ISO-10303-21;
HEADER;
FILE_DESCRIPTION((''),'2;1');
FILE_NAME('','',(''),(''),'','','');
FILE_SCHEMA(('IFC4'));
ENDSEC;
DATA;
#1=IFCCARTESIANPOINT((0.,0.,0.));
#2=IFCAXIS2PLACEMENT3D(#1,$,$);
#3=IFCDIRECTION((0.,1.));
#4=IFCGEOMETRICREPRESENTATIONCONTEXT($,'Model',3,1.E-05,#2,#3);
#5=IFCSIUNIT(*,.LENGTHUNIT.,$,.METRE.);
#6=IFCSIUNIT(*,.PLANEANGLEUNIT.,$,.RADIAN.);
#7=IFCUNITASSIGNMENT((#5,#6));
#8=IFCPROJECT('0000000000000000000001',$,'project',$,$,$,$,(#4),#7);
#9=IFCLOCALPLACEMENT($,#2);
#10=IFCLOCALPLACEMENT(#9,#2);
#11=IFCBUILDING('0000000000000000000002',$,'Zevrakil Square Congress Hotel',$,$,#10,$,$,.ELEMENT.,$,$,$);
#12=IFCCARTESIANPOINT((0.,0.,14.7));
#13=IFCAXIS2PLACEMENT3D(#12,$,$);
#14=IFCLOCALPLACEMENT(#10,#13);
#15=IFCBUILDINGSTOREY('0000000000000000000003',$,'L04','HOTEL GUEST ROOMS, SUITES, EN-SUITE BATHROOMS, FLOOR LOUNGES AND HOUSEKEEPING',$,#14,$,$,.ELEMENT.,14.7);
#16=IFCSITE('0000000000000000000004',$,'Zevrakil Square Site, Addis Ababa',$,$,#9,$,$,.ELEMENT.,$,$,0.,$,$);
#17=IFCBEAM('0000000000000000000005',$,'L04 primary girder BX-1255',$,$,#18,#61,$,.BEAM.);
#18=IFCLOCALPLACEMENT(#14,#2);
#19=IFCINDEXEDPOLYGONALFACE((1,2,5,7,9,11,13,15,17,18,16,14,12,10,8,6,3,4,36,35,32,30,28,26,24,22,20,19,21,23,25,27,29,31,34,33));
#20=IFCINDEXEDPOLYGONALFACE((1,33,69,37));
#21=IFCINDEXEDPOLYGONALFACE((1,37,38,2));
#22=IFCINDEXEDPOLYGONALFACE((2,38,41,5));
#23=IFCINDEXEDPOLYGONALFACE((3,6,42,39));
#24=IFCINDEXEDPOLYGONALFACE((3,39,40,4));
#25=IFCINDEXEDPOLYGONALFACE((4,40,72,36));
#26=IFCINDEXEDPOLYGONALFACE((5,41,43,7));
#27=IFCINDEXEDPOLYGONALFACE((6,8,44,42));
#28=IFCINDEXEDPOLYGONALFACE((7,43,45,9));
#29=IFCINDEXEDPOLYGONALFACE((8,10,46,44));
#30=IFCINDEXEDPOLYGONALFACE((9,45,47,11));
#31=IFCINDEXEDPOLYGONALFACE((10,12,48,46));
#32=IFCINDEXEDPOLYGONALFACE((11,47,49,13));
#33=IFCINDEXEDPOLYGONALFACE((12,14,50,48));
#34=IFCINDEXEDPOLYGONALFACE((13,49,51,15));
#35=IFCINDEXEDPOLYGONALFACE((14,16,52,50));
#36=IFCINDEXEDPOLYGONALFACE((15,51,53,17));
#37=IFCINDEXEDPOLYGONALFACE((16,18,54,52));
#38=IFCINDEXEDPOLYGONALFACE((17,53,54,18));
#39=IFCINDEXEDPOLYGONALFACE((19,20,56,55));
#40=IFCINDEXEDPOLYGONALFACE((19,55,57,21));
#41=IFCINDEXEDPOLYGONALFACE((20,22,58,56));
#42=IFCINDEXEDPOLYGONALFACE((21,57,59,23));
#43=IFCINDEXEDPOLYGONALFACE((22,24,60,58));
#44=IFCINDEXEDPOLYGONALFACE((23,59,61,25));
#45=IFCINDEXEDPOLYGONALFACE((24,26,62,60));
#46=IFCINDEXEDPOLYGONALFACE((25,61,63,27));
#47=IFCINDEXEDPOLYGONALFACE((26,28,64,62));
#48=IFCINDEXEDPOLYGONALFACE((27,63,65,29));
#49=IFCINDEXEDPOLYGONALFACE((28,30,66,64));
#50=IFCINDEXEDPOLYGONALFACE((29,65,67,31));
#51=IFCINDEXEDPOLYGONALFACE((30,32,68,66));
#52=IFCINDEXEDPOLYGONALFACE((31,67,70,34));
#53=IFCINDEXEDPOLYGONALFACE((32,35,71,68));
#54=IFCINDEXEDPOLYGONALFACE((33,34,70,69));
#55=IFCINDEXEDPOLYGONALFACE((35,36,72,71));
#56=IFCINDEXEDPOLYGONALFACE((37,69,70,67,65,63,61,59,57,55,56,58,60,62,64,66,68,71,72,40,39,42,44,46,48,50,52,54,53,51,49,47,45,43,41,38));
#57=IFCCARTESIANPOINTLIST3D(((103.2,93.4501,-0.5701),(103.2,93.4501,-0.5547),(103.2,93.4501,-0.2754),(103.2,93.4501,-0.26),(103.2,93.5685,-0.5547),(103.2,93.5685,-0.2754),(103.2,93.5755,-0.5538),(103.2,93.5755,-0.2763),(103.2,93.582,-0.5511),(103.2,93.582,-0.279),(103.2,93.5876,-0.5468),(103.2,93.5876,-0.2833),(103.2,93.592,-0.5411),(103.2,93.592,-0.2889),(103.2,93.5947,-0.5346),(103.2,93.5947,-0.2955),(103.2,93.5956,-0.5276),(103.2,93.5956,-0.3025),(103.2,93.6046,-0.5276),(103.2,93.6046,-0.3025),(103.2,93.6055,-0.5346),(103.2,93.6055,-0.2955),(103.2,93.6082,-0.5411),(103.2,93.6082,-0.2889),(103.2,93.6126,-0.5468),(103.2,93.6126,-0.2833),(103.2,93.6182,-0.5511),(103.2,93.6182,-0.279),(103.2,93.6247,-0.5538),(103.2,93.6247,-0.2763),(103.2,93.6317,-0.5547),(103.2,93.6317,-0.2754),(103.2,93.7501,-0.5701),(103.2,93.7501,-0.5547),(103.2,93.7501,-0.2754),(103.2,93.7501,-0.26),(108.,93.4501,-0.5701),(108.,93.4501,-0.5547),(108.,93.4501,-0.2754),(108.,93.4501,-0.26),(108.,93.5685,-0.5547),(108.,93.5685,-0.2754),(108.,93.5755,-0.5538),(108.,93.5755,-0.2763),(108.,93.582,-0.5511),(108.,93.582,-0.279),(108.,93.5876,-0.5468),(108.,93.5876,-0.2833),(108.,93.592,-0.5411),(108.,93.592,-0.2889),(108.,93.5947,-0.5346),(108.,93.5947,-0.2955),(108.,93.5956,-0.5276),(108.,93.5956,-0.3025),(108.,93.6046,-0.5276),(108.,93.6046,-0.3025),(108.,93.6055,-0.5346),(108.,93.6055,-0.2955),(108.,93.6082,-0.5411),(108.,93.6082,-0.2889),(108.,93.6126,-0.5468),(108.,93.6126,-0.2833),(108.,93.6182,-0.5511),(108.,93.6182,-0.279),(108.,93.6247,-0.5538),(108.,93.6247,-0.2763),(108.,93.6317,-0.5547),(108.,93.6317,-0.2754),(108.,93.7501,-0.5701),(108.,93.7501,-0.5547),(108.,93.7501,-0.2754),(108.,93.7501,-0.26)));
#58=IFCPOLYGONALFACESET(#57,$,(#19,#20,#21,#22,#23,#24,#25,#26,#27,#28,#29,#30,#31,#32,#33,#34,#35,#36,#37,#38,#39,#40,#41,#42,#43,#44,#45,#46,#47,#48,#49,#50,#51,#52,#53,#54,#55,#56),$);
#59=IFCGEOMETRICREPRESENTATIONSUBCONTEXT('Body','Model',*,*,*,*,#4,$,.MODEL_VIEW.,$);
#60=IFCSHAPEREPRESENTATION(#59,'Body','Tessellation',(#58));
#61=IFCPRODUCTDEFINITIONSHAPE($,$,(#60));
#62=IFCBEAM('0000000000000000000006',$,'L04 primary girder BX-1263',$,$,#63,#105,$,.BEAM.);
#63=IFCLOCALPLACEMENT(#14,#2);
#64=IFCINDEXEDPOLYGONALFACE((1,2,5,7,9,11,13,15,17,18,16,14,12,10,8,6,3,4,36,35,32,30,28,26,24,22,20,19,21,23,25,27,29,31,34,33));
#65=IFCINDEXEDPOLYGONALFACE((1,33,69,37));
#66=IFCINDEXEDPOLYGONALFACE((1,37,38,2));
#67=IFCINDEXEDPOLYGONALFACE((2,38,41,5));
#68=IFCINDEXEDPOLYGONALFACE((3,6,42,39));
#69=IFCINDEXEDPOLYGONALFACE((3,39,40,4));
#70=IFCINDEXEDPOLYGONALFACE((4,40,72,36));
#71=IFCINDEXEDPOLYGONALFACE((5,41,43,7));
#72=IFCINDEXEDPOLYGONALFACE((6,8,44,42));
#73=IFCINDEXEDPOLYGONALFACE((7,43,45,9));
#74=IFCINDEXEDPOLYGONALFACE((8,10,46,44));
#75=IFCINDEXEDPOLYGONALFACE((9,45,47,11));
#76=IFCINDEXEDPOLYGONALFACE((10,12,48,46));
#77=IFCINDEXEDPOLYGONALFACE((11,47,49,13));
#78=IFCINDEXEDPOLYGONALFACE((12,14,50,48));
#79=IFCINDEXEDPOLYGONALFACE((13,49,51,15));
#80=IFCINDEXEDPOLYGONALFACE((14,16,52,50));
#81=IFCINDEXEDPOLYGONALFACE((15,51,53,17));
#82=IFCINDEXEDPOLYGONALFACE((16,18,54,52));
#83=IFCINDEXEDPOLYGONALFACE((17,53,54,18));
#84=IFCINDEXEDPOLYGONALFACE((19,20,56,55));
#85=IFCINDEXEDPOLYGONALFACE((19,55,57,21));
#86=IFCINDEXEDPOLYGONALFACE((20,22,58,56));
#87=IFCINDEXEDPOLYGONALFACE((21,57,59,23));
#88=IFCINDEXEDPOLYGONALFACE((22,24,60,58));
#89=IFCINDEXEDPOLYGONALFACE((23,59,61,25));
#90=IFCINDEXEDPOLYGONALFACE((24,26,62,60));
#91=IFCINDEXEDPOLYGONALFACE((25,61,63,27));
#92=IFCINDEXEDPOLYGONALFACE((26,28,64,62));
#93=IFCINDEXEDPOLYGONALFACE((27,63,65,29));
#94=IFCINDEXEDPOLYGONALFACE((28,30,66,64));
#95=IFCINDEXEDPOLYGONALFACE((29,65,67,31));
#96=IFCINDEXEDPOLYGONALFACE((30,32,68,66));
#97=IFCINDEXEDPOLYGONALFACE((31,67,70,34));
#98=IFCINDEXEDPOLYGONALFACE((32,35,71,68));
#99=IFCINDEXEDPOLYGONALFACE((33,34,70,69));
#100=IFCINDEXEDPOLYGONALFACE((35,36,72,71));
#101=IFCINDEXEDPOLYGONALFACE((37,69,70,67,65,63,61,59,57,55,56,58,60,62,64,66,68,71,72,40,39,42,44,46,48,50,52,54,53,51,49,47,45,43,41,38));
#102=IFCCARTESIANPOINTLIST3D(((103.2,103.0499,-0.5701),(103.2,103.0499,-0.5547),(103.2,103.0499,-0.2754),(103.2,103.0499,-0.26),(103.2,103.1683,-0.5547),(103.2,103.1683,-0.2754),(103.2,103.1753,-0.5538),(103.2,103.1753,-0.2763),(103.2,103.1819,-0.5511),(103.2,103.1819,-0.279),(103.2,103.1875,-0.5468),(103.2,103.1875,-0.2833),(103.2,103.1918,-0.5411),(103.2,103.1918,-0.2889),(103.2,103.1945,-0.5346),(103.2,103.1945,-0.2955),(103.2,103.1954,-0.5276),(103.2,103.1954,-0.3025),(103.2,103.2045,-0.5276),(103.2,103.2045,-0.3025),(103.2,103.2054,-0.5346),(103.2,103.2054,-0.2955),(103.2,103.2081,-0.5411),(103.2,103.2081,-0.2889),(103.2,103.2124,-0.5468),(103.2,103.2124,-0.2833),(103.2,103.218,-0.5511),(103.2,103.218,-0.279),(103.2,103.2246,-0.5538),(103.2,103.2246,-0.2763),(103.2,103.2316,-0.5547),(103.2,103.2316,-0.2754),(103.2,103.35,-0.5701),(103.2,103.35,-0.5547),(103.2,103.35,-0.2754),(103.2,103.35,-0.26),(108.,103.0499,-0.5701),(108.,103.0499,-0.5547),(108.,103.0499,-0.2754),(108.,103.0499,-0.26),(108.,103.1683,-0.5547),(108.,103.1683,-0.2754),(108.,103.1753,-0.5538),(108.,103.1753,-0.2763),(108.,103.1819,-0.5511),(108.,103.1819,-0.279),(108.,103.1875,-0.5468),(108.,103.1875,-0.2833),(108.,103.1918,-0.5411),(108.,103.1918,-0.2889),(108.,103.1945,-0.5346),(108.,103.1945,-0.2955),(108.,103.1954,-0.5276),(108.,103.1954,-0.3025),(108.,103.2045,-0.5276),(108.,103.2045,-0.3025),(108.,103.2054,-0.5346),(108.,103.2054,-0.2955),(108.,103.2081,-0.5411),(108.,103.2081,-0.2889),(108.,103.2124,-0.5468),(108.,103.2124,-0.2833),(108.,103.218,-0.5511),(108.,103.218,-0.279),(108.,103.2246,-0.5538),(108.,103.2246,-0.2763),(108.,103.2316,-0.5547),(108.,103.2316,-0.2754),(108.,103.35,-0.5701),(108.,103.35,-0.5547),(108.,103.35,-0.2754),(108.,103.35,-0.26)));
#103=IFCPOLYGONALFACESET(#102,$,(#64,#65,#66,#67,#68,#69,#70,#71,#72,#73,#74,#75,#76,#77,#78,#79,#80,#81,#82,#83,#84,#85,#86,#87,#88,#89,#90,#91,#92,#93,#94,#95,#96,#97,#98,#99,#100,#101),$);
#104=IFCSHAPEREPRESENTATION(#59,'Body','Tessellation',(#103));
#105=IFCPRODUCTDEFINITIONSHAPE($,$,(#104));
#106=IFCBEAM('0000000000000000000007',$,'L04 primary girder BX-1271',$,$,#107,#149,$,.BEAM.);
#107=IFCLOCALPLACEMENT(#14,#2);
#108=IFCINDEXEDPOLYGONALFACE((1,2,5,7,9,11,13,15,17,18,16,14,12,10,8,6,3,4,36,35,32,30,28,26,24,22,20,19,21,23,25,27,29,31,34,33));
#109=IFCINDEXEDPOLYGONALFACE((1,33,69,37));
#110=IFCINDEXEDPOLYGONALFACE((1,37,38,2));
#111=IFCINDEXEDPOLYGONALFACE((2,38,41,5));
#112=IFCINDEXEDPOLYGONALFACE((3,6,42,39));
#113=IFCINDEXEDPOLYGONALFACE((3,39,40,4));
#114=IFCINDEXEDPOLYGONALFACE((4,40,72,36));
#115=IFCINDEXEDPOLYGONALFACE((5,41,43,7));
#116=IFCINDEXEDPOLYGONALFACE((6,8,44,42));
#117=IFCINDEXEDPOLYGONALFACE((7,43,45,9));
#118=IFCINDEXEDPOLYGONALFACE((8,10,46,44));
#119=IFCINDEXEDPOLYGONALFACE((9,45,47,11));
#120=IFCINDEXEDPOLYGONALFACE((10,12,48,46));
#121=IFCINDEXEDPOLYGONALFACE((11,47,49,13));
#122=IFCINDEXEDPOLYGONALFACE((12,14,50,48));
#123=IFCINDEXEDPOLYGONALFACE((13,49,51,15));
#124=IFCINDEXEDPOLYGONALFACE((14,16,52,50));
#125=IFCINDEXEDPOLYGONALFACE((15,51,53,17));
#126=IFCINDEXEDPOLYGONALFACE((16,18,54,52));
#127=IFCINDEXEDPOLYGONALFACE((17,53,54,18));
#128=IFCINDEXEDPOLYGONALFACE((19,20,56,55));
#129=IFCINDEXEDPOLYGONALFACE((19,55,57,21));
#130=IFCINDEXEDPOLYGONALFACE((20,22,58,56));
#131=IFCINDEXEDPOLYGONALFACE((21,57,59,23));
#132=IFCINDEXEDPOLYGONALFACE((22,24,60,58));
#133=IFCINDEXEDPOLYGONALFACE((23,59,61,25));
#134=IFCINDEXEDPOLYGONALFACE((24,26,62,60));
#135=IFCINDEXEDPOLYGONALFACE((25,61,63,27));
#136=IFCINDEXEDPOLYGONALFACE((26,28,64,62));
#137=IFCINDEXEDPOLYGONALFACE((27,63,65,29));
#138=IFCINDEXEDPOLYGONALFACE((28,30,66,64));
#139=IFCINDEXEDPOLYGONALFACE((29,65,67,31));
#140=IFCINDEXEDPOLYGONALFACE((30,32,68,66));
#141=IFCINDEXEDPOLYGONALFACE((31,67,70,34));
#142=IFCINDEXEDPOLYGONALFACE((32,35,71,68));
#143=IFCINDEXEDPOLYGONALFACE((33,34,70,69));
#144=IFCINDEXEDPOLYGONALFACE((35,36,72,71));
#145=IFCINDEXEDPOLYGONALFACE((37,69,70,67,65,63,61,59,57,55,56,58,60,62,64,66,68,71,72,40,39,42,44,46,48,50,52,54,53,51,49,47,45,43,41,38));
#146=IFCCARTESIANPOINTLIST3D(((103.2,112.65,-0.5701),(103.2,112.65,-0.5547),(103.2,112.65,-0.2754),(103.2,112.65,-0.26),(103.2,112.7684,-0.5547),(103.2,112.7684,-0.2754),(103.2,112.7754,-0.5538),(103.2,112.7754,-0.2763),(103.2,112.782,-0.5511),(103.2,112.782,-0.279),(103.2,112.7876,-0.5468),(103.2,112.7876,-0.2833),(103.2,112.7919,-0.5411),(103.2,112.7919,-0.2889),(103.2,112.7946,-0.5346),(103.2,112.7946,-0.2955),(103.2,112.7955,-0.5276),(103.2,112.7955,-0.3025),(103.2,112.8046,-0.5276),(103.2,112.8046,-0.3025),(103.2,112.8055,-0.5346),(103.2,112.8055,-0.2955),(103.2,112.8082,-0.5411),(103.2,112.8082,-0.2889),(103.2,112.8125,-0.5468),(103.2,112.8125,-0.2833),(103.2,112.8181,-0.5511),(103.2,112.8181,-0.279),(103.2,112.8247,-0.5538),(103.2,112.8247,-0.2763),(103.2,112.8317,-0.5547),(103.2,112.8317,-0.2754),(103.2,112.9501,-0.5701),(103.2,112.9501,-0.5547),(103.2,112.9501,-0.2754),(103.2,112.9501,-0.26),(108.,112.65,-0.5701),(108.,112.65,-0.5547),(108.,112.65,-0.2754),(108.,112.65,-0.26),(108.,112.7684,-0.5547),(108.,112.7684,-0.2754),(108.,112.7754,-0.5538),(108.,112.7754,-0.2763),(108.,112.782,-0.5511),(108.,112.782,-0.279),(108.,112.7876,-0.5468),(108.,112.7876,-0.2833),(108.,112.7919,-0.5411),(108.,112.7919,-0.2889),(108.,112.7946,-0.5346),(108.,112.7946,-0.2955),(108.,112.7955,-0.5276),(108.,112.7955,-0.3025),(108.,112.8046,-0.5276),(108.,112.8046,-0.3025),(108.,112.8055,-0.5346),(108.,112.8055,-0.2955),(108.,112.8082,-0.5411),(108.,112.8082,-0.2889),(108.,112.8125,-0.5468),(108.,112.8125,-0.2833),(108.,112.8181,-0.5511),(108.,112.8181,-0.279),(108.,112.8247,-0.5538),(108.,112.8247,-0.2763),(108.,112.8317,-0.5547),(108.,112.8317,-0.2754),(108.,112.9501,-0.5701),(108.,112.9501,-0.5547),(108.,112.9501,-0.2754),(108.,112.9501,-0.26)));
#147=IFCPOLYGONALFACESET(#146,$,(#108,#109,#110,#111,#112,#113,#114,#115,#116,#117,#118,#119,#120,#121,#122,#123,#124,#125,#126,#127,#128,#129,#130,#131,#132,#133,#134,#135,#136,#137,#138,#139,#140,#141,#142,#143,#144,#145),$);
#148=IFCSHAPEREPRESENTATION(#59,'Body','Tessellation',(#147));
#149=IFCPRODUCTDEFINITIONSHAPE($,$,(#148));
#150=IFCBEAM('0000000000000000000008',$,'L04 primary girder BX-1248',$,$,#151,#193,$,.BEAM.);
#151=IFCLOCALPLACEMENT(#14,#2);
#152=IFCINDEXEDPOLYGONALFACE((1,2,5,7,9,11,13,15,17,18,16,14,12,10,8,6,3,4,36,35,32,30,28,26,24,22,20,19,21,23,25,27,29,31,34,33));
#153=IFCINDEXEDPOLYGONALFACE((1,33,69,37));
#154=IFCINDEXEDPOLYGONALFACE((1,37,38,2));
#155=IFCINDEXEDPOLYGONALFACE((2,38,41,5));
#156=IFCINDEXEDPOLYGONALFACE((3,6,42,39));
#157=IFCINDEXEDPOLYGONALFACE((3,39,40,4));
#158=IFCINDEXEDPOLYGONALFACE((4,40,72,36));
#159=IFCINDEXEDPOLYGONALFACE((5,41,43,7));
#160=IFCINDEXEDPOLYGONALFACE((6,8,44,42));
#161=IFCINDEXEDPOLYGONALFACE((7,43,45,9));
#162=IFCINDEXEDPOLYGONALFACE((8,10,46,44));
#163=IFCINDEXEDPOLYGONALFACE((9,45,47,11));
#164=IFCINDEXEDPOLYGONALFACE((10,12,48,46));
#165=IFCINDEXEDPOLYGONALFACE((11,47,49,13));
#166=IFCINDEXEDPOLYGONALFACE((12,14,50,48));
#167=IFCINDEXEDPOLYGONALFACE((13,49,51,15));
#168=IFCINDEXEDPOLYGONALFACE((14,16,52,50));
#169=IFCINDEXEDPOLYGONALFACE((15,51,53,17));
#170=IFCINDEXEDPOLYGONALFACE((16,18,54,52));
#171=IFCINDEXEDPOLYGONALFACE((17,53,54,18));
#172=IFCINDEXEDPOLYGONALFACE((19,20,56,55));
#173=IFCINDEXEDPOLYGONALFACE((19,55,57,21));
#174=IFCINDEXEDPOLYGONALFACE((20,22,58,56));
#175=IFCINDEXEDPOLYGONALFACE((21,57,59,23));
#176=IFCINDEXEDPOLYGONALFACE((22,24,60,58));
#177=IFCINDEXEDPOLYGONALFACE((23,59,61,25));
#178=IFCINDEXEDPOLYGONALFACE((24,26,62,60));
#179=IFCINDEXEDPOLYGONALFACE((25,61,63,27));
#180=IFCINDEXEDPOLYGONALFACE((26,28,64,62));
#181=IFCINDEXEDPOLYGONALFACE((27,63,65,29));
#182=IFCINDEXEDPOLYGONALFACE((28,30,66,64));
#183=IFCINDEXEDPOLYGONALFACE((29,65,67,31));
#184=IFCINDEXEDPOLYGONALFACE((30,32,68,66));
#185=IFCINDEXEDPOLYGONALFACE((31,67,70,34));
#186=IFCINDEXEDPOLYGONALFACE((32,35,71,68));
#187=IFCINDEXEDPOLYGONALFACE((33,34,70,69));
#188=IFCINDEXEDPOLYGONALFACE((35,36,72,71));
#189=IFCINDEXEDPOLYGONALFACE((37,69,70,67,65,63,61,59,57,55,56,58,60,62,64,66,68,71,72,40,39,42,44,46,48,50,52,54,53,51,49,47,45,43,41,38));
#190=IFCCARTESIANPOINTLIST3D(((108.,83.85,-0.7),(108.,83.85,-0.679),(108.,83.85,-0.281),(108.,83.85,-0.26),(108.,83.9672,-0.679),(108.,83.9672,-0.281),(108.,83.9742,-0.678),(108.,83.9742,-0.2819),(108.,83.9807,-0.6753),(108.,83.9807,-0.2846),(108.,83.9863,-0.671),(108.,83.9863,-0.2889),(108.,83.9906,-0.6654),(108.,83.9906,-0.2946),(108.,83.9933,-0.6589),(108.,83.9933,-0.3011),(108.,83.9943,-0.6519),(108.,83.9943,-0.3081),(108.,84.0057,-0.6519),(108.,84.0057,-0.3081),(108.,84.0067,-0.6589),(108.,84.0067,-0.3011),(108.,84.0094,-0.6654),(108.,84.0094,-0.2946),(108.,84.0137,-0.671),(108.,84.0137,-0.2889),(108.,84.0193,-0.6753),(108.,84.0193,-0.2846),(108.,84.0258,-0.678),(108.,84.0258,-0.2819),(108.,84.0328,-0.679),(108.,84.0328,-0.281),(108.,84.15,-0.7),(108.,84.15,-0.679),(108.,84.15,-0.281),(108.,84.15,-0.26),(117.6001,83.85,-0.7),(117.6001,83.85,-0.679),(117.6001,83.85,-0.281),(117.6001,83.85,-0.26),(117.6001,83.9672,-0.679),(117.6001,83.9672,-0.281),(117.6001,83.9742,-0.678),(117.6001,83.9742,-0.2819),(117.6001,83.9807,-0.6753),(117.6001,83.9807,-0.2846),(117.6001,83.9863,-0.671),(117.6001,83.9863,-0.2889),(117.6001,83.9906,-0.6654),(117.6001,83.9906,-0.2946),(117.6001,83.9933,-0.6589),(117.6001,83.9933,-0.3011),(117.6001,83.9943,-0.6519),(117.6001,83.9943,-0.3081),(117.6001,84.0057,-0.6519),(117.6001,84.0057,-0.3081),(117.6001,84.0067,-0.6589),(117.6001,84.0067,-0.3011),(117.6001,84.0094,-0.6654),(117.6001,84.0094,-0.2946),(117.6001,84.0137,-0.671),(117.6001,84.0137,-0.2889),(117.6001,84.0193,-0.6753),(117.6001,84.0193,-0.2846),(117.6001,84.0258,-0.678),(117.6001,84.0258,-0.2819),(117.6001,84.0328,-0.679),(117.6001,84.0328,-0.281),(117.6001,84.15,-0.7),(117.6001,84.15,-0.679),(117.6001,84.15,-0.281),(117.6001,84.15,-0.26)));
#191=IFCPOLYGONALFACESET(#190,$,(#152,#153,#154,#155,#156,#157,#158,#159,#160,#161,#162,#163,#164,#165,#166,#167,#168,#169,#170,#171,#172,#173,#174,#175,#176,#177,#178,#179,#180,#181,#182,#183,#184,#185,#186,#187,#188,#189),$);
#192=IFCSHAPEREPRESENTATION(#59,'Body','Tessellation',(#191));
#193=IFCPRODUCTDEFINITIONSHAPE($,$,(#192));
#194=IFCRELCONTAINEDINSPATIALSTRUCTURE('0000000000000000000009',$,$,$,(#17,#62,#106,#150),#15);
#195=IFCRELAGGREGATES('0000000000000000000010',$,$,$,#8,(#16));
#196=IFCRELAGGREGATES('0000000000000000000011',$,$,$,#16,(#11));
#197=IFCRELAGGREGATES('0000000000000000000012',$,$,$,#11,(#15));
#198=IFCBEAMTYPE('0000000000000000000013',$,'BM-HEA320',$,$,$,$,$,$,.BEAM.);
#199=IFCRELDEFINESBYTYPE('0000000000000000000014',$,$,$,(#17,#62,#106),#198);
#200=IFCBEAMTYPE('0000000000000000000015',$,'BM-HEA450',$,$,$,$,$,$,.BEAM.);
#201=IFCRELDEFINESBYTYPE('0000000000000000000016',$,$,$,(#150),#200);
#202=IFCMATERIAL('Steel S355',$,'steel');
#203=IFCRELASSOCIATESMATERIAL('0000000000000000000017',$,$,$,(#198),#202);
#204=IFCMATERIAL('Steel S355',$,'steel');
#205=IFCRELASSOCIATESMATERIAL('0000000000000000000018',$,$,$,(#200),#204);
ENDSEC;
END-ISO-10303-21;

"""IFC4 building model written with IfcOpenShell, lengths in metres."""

from ifc_helpers import new_model, si_unit, direction, frame, origin, origin_2d, place, context, subcontext, project, spatial, i_section, extrude, material, material_profile, profile_set, type_object, element, save


model = new_model("IFC4")

# Units and contexts
model_context = context("Model", 3, precision=1e-05, world=origin(), true_north=direction((0.0, 1.0)))
body_context = subcontext(model_context, "Body", "Model", "MODEL_VIEW")
ifc_project = project(units=[si_unit("LENGTHUNIT", "METRE"), si_unit("PLANEANGLEUNIT", "RADIAN")], contexts=[model_context])

# Site, building, storey
site_placement = place(None, origin())
site = spatial("IfcSite", under=ifc_project, at=site_placement, Name="Zevrakil Square Site, Addis Ababa", CompositionType="ELEMENT", RefElevation=0.0)
building_placement = place(site_placement, origin())
building = spatial("IfcBuilding", under=site, at=building_placement, Name="Zevrakil Square Congress Hotel", CompositionType="ELEMENT")
storey_placement = place(building_placement, frame((0.0, 0.0, 14.7)))
storey = spatial("IfcBuildingStorey", under=building, at=storey_placement, Name="L04", Description="HOTEL GUEST ROOMS, SUITES, EN-SUITE BATHROOMS, FLOOR LOUNGES AND HOUSEKEEPING", CompositionType="ELEMENT", Elevation=14.7)

# Beams
ifc_material_1 = material(Name="Steel S355", Category="steel")
ifc_material_profile_1 = material_profile(ifc_material_1, i_section(OverallWidth=0.3, OverallDepth=0.3101, WebThickness=0.009, FlangeThickness=0.0154, FilletRadius=0.0271, at=origin_2d()), Name="HEA 320")
ifc_profile_set_1 = profile_set([ifc_material_profile_1], Name="Steel S355")
beam_type_1 = type_object("IfcBeamType", Name="BM-HEA320", PredefinedType="BEAM", material=ifc_profile_set_1)
for number, where, z_axis, x_axis, name in (
    (1, (103.2, 93.6001, -0.415), (1.0, 0.0, 0.0), (0.0, 1.0, 0.0), "L04 primary girder BX-1255"),
    (2, (103.2, 103.2, -0.415), (1.0, 0.0, 0.0), (0.0, 1.0, 0.0), "L04 primary girder BX-1263"),
    (3, (103.2, 112.8, -0.415), (1.0, 0.0, 0.0), (0.0, 1.0, 0.0), "L04 primary girder BX-1271"),
):
    element("IfcBeam", number, at=place(storey_placement, frame(where, z_axis=z_axis, x_axis=x_axis)), inside=storey, type_object=beam_type_1, Name=name, PredefinedType="BEAM", context=body_context, shape_type="SweptSolid", body=[
        extrude(i_section(OverallWidth=0.3, OverallDepth=0.3101, WebThickness=0.009, FlangeThickness=0.0154, FilletRadius=0.0271, at=origin_2d()), origin(), (0.0, 0.0, 1.0), 4.8),
    ])
ifc_material_2 = material(Name="Steel S355", Category="steel")
ifc_material_profile_2 = material_profile(ifc_material_2, i_section(OverallWidth=0.3, OverallDepth=0.4399, WebThickness=0.0115, FlangeThickness=0.021, FilletRadius=0.0271, at=origin_2d()), Name="HEA 450")
ifc_profile_set_2 = profile_set([ifc_material_profile_2], Name="Steel S355")
beam_type_2 = type_object("IfcBeamType", Name="BM-HEA450", PredefinedType="BEAM", material=ifc_profile_set_2)
for number, where, z_axis, x_axis, name in (
    (4, (108.0, 84.0, -0.48), (1.0, 0.0, 0.0), (0.0, 1.0, 0.0), "L04 primary girder BX-1248"),
):
    element("IfcBeam", number, at=place(storey_placement, frame(where, z_axis=z_axis, x_axis=x_axis)), inside=storey, type_object=beam_type_2, Name=name, PredefinedType="BEAM", context=body_context, shape_type="SweptSolid", body=[
        extrude(i_section(OverallWidth=0.3, OverallDepth=0.4399, WebThickness=0.0115, FlangeThickness=0.021, FilletRadius=0.0271, at=origin_2d()), origin(), (0.0, 0.0, 1.0), 9.6001),
    ])

save(model, "model.ifc")
